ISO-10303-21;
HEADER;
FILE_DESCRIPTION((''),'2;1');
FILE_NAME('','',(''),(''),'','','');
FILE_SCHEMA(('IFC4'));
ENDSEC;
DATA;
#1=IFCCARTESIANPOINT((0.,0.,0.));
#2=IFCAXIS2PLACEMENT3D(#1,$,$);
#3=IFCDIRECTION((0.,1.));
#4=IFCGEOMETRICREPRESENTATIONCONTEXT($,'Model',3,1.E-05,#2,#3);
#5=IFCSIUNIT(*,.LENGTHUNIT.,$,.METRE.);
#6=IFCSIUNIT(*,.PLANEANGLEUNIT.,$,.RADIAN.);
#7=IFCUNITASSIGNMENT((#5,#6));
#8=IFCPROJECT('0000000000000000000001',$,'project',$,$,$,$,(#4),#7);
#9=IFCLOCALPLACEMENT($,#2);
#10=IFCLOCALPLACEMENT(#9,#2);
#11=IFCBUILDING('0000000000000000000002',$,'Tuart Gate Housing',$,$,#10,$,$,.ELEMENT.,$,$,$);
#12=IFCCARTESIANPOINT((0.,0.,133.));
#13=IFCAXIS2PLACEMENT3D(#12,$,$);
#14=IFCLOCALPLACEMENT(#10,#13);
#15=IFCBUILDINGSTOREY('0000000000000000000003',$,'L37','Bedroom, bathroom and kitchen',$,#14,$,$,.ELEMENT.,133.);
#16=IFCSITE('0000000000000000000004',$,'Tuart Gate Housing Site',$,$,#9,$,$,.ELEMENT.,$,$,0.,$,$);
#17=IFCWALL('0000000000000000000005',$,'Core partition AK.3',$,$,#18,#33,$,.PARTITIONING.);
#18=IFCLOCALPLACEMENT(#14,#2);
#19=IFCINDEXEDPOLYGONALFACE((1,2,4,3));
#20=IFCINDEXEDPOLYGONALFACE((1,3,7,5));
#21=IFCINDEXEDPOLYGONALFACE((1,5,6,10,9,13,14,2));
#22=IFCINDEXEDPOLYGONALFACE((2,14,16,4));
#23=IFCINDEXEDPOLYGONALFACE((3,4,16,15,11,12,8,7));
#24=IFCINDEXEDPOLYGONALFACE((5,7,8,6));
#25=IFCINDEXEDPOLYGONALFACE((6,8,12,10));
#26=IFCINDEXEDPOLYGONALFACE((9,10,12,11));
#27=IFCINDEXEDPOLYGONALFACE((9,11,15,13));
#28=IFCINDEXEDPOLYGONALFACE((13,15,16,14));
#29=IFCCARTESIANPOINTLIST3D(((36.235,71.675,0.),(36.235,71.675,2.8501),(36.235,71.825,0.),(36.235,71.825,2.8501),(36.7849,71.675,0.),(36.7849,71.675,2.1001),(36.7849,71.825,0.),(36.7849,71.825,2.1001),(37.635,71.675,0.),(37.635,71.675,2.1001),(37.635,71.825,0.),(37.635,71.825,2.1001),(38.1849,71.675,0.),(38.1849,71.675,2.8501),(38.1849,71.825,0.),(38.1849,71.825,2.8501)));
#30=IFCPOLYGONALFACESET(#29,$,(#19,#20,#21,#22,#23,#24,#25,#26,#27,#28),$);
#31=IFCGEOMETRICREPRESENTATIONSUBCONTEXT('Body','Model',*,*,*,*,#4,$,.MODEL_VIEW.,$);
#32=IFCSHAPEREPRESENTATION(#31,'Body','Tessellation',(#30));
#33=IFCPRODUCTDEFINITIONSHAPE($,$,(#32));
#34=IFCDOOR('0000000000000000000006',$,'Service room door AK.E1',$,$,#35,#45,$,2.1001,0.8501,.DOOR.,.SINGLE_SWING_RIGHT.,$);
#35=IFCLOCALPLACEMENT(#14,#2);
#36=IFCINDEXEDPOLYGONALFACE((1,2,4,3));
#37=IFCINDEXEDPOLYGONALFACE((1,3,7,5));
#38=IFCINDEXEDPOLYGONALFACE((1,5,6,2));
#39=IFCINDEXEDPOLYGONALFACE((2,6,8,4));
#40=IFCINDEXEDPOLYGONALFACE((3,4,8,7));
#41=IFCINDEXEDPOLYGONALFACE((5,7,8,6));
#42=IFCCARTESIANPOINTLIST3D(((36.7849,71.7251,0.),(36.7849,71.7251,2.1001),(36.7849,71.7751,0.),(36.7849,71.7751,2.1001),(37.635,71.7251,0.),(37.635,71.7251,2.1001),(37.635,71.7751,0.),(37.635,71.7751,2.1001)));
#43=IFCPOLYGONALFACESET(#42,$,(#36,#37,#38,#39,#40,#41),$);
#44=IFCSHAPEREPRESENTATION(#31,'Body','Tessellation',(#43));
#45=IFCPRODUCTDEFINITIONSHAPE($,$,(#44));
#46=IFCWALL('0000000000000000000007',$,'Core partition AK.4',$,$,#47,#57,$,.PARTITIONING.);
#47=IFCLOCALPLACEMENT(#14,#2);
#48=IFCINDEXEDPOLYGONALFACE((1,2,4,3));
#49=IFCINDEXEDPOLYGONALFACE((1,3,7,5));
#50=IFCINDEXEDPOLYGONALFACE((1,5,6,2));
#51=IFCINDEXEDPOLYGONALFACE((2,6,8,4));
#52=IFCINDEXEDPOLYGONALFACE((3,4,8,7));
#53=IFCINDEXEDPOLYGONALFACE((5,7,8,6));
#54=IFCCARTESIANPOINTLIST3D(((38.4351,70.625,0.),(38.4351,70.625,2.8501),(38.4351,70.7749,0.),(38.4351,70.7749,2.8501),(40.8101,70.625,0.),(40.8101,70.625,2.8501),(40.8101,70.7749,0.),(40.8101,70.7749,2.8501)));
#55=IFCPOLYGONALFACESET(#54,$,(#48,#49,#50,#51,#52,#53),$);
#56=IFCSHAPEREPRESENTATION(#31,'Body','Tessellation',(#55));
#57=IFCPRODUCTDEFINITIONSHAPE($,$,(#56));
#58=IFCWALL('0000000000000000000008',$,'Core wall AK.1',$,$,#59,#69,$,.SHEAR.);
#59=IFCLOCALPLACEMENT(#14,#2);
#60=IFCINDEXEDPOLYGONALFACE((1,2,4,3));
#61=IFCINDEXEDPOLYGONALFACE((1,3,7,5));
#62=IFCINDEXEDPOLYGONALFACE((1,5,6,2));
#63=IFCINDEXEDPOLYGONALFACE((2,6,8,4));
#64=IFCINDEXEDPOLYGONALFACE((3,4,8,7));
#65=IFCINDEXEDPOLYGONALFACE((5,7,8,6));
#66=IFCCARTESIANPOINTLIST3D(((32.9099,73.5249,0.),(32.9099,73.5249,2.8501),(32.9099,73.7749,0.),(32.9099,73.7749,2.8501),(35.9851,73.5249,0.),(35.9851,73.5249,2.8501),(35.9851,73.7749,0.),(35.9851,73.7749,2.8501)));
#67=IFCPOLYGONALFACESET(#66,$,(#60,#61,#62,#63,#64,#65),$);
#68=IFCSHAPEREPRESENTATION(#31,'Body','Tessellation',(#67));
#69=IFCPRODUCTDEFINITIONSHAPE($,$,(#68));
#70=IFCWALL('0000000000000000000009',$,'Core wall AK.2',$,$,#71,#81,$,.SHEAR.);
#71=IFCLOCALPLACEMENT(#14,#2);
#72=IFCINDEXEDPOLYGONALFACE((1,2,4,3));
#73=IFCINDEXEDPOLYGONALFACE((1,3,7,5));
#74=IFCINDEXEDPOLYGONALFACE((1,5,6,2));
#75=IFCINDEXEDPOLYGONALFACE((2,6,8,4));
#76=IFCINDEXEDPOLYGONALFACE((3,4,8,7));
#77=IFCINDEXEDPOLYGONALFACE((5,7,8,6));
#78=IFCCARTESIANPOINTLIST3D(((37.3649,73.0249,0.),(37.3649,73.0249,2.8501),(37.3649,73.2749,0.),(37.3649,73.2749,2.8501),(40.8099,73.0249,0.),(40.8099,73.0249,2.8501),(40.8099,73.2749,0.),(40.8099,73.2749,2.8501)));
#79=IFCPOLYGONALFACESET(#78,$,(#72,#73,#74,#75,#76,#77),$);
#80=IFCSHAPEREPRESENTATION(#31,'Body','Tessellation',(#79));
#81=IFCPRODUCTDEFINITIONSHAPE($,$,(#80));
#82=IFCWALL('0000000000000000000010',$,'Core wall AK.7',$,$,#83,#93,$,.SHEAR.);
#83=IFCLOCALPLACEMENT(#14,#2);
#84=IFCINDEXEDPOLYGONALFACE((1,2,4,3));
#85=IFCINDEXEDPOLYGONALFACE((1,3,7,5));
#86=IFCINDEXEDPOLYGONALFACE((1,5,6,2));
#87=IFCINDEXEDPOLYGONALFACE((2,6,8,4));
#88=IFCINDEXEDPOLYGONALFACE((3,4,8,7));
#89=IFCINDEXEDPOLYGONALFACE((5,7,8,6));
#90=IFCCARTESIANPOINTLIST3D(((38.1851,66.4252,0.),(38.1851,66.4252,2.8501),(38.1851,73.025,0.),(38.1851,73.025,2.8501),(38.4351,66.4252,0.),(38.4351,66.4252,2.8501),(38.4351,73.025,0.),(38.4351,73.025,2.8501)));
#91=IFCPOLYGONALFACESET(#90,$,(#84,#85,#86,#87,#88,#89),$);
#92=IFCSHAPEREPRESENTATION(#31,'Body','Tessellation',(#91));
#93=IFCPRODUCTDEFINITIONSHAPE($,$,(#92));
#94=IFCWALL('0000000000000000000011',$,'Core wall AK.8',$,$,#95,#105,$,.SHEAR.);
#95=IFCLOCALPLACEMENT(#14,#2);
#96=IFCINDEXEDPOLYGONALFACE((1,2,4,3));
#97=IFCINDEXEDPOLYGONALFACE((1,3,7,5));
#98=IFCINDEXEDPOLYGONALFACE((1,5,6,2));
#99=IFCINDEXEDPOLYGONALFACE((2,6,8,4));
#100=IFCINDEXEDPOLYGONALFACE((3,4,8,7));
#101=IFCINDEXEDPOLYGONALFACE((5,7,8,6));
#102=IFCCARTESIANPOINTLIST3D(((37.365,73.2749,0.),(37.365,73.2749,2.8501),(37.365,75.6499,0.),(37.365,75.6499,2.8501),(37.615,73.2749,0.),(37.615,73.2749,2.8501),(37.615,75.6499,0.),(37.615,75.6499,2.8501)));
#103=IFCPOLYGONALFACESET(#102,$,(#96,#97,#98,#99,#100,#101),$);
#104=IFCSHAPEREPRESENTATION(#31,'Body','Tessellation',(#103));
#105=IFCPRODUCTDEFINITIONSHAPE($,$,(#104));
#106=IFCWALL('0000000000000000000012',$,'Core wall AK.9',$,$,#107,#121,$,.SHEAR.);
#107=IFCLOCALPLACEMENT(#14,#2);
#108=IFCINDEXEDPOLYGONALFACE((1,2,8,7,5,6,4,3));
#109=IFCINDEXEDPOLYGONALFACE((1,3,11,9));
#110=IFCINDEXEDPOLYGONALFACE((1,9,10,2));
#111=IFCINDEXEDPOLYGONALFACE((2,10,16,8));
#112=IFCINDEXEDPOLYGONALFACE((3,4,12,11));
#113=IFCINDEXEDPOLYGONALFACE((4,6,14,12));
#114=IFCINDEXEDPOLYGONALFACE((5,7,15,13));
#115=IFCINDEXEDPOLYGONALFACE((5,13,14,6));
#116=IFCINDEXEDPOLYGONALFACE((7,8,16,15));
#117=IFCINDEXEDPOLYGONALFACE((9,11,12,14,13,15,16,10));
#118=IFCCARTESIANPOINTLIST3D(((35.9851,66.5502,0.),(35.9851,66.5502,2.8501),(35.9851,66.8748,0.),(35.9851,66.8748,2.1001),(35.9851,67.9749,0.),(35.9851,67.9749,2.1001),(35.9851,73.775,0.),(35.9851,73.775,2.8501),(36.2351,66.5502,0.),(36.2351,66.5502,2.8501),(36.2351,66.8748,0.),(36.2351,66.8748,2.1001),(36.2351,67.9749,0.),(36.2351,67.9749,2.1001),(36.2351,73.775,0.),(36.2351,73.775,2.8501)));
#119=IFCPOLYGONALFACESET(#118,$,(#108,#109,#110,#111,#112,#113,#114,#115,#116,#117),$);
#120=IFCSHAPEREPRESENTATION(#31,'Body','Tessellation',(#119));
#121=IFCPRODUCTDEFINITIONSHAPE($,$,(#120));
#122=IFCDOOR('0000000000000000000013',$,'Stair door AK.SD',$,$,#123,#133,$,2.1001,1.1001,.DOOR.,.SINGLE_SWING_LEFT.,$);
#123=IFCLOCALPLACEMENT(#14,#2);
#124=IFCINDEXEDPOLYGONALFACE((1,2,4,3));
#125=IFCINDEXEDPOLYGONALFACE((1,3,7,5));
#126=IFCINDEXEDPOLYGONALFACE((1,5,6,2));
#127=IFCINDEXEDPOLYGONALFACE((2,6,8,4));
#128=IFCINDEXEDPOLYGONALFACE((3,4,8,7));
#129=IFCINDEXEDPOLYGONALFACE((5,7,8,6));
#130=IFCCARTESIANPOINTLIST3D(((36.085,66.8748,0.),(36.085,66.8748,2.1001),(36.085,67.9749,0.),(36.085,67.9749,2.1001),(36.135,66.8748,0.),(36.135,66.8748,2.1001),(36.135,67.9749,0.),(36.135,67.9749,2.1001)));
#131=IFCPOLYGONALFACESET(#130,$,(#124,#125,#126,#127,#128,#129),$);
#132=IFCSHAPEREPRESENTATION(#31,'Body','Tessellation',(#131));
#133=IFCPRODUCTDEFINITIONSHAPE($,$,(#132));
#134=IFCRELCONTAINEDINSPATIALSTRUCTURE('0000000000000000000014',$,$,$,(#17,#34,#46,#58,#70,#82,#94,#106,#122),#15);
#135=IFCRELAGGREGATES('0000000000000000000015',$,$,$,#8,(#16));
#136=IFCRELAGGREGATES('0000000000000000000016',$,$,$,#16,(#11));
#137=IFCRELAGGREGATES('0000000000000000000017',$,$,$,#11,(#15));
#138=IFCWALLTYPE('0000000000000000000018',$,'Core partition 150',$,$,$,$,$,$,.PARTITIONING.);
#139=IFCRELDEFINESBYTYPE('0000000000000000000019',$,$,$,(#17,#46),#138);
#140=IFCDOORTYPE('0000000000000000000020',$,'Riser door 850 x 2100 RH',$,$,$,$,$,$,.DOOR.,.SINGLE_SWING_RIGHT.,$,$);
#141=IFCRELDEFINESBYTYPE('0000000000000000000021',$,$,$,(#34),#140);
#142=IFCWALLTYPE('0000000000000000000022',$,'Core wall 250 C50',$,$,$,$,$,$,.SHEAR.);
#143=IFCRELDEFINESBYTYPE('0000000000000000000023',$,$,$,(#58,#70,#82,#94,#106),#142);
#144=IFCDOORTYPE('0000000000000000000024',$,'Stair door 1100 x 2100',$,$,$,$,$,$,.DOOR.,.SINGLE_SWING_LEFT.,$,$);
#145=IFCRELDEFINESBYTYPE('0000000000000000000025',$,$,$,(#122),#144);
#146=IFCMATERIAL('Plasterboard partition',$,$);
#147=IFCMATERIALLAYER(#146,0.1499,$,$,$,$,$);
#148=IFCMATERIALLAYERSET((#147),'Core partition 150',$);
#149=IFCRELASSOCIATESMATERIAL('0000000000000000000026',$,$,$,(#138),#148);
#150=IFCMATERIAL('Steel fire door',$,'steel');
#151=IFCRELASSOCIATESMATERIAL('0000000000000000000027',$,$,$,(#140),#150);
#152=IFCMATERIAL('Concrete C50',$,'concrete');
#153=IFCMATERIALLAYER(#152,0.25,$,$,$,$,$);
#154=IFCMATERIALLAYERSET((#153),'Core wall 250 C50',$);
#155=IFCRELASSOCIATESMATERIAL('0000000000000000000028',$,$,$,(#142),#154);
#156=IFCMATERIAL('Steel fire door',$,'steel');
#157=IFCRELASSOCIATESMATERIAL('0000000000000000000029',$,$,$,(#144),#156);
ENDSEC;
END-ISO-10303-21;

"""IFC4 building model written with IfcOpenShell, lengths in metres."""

from ifc_helpers import new_model, si_unit, direction, frame, frame_2d, origin, place, context, subcontext, project, spatial, rectangle, extrude, material, layer, layer_set, type_object, element, fill, save


model = new_model("IFC4")

# Units and contexts
model_context = context("Model", 3, precision=1e-05, world=origin(), true_north=direction((0.0, 1.0)))
body_context = subcontext(model_context, "Body", "Model", "MODEL_VIEW")
ifc_project = project(units=[si_unit("LENGTHUNIT", "METRE"), si_unit("PLANEANGLEUNIT", "RADIAN")], contexts=[model_context])

# Site, building, storey
site_placement = place(None, origin())
site = spatial("IfcSite", under=ifc_project, at=site_placement, Name="Tuart Gate Housing Site", CompositionType="ELEMENT", RefElevation=0.0)
building_placement = place(site_placement, origin())
building = spatial("IfcBuilding", under=site, at=building_placement, Name="Tuart Gate Housing", CompositionType="ELEMENT")
storey_placement = place(building_placement, frame((0.0, 0.0, 133.0)))
storey = spatial("IfcBuildingStorey", under=building, at=storey_placement, Name="L37", Description="Bedroom, bathroom and kitchen", CompositionType="ELEMENT", Elevation=133.0)

# Wall, opening, door
ifc_material_1 = material(Name="Plasterboard partition")
ifc_layer_1 = layer(ifc_material_1, 0.1499)
ifc_layer_set_1 = layer_set([ifc_layer_1], Name="Core partition 150")
wall_type_1 = type_object("IfcWallType", Name="Core partition 150", PredefinedType="PARTITIONING", material=ifc_layer_set_1)
wall_1_placement = place(storey_placement, frame((38.1851, 71.75, 0.0), z_axis=(0.0, 0.0, 1.0), x_axis=(-1.0, 0.0, 0.0)))
wall_1 = element("IfcWall", 1, at=wall_1_placement, inside=storey, type_object=wall_type_1, Name="Core partition AK.3", PredefinedType="PARTITIONING", context=body_context, shape_type="SweptSolid", body=[
    extrude(rectangle(XDim=1.95, YDim=0.1499, at=frame_2d((0.9751, 0.0))), origin(), (0.0, 0.0, 1.0), 2.8501),
])
opening_1_placement = place(wall_1_placement, frame((0.55, 0.0, 0.0)))
opening_1 = element("IfcOpeningElement", 2, at=opening_1_placement, cuts=wall_1, PredefinedType="OPENING", context=body_context, shape_type="SweptSolid", body=[
    extrude(rectangle(XDim=0.8501, YDim=2.1001, at=frame_2d((0.425, 1.05))), frame((0.0, 0.085, 0.0), z_axis=(0.0, -1.0, 0.0), x_axis=(1.0, 0.0, 0.0)), (0.0, 0.0, 1.0), 0.1699),
])
ifc_material_2 = material(Name="Steel fire door", Category="steel")
door_type_1 = type_object("IfcDoorType", Name="Riser door 850 x 2100 RH", OperationType="SINGLE_SWING_RIGHT", PredefinedType="DOOR", material=ifc_material_2)
door_1_placement = place(opening_1_placement, frame((0.8501, 0.0, 0.0), z_axis=(0.0, 0.0, 1.0), x_axis=(-1.0, 0.0, 0.0)))
door_1 = element("IfcDoor", 3, at=door_1_placement, inside=storey, type_object=door_type_1, Name="Service room door AK.E1", OperationType="SINGLE_SWING_RIGHT", OverallHeight=2.1001, OverallWidth=0.8501, PredefinedType="DOOR", context=body_context, shape_type="SweptSolid", body=[
    extrude(rectangle(XDim=0.8501, YDim=2.1001, at=frame_2d((0.425, 1.05))), frame((0.0, 0.0251, 0.0), z_axis=(0.0, -1.0, 0.0), x_axis=(1.0, 0.0, 0.0)), (0.0, 0.0, 1.0), 0.05),
])
fill(opening_1, door_1)

# Walls
wall_2_placement = place(storey_placement, frame((40.8101, 70.7, 0.0), z_axis=(0.0, 0.0, 1.0), x_axis=(-1.0, 0.0, 0.0)))
element("IfcWall", 4, at=wall_2_placement, inside=storey, type_object=wall_type_1, Name="Core partition AK.4", PredefinedType="PARTITIONING", context=body_context, shape_type="SweptSolid", body=[
    extrude(rectangle(XDim=2.375, YDim=0.1499, at=frame_2d((1.1875, 0.0))), origin(), (0.0, 0.0, 1.0), 2.8501),
])
ifc_material_3 = material(Name="Concrete C50", Category="concrete")
ifc_layer_2 = layer(ifc_material_3, 0.25)
ifc_layer_set_2 = layer_set([ifc_layer_2], Name="Core wall 250 C50")
wall_type_2 = type_object("IfcWallType", Name="Core wall 250 C50", PredefinedType="SHEAR", material=ifc_layer_set_2)
wall_3_placement = place(storey_placement, frame((35.9851, 73.6499, 0.0), z_axis=(0.0, 0.0, 1.0), x_axis=(-1.0, 0.0, 0.0)))
element("IfcWall", 5, at=wall_3_placement, inside=storey, type_object=wall_type_2, Name="Core wall AK.1", PredefinedType="SHEAR", context=body_context, shape_type="SweptSolid", body=[
    extrude(rectangle(XDim=3.0752, YDim=0.25, at=frame_2d((1.5376, 0.0))), origin(), (0.0, 0.0, 1.0), 2.8501),
])
wall_4_placement = place(storey_placement, frame((40.8101, 73.1499, 0.0), z_axis=(0.0, 0.0, 1.0), x_axis=(-1.0, 0.0, 0.0)))
element("IfcWall", 6, at=wall_4_placement, inside=storey, type_object=wall_type_2, Name="Core wall AK.2", PredefinedType="SHEAR", context=body_context, shape_type="SweptSolid", body=[
    extrude(rectangle(XDim=3.4451, YDim=0.25, at=frame_2d((1.7227, 0.0))), origin(), (0.0, 0.0, 1.0), 2.8501),
])
wall_5_placement = place(storey_placement, frame((38.3101, 73.0249, 0.0), z_axis=(0.0, 0.0, 1.0), x_axis=(0.0, -1.0, 0.0)))
element("IfcWall", 7, at=wall_5_placement, inside=storey, type_object=wall_type_2, Name="Core wall AK.7", PredefinedType="SHEAR", context=body_context, shape_type="SweptSolid", body=[
    extrude(rectangle(XDim=6.5999, YDim=0.25, at=frame_2d((3.2998, 0.0))), origin(), (0.0, 0.0, 1.0), 2.8501),
])
wall_6_placement = place(storey_placement, frame((37.49, 75.6499, 0.0), z_axis=(0.0, 0.0, 1.0), x_axis=(0.0, -1.0, 0.0)))
element("IfcWall", 8, at=wall_6_placement, inside=storey, type_object=wall_type_2, Name="Core wall AK.8", PredefinedType="SHEAR", context=body_context, shape_type="SweptSolid", body=[
    extrude(rectangle(XDim=2.375, YDim=0.25, at=frame_2d((1.1875, 0.0))), origin(), (0.0, 0.0, 1.0), 2.8501),
])

# Wall, opening, door
wall_7_placement = place(storey_placement, frame((36.1101, 73.7749, 0.0), z_axis=(0.0, 0.0, 1.0), x_axis=(0.0, -1.0, 0.0)))
wall_7 = element("IfcWall", 9, at=wall_7_placement, inside=storey, type_object=wall_type_2, Name="Core wall AK.9", PredefinedType="SHEAR", context=body_context, shape_type="SweptSolid", body=[
    extrude(rectangle(XDim=7.2249, YDim=0.25, at=frame_2d((3.6123, 0.0))), origin(), (0.0, 0.0, 1.0), 2.8501),
])
opening_2_placement = place(wall_7_placement, frame((5.8, 0.0, 0.0)))
opening_2 = element("IfcOpeningElement", 10, at=opening_2_placement, cuts=wall_7, PredefinedType="OPENING", context=body_context, shape_type="SweptSolid", body=[
    extrude(rectangle(XDim=1.1001, YDim=2.1001, at=frame_2d((0.55, 1.05))), frame((0.0, 0.135, 0.0), z_axis=(0.0, -1.0, 0.0), x_axis=(1.0, 0.0, 0.0)), (0.0, 0.0, 1.0), 0.27),
])
ifc_material_4 = material(Name="Steel fire door", Category="steel")
door_type_2 = type_object("IfcDoorType", Name="Stair door 1100 x 2100", OperationType="SINGLE_SWING_LEFT", PredefinedType="DOOR", material=ifc_material_4)
door_2_placement = place(opening_2_placement, frame((1.1001, 0.0, 0.0), z_axis=(0.0, 0.0, 1.0), x_axis=(-1.0, 0.0, 0.0)))
door_2 = element("IfcDoor", 11, at=door_2_placement, inside=storey, type_object=door_type_2, Name="Stair door AK.SD", OperationType="SINGLE_SWING_LEFT", OverallHeight=2.1001, OverallWidth=1.1001, PredefinedType="DOOR", context=body_context, shape_type="SweptSolid", body=[
    extrude(rectangle(XDim=1.1001, YDim=2.1001, at=frame_2d((0.55, 1.05))), frame((0.0, 0.0251, 0.0), z_axis=(0.0, -1.0, 0.0), x_axis=(1.0, 0.0, 0.0)), (0.0, 0.0, 1.0), 0.05),
])
fill(opening_2, door_2)

save(model, "model.ifc")
